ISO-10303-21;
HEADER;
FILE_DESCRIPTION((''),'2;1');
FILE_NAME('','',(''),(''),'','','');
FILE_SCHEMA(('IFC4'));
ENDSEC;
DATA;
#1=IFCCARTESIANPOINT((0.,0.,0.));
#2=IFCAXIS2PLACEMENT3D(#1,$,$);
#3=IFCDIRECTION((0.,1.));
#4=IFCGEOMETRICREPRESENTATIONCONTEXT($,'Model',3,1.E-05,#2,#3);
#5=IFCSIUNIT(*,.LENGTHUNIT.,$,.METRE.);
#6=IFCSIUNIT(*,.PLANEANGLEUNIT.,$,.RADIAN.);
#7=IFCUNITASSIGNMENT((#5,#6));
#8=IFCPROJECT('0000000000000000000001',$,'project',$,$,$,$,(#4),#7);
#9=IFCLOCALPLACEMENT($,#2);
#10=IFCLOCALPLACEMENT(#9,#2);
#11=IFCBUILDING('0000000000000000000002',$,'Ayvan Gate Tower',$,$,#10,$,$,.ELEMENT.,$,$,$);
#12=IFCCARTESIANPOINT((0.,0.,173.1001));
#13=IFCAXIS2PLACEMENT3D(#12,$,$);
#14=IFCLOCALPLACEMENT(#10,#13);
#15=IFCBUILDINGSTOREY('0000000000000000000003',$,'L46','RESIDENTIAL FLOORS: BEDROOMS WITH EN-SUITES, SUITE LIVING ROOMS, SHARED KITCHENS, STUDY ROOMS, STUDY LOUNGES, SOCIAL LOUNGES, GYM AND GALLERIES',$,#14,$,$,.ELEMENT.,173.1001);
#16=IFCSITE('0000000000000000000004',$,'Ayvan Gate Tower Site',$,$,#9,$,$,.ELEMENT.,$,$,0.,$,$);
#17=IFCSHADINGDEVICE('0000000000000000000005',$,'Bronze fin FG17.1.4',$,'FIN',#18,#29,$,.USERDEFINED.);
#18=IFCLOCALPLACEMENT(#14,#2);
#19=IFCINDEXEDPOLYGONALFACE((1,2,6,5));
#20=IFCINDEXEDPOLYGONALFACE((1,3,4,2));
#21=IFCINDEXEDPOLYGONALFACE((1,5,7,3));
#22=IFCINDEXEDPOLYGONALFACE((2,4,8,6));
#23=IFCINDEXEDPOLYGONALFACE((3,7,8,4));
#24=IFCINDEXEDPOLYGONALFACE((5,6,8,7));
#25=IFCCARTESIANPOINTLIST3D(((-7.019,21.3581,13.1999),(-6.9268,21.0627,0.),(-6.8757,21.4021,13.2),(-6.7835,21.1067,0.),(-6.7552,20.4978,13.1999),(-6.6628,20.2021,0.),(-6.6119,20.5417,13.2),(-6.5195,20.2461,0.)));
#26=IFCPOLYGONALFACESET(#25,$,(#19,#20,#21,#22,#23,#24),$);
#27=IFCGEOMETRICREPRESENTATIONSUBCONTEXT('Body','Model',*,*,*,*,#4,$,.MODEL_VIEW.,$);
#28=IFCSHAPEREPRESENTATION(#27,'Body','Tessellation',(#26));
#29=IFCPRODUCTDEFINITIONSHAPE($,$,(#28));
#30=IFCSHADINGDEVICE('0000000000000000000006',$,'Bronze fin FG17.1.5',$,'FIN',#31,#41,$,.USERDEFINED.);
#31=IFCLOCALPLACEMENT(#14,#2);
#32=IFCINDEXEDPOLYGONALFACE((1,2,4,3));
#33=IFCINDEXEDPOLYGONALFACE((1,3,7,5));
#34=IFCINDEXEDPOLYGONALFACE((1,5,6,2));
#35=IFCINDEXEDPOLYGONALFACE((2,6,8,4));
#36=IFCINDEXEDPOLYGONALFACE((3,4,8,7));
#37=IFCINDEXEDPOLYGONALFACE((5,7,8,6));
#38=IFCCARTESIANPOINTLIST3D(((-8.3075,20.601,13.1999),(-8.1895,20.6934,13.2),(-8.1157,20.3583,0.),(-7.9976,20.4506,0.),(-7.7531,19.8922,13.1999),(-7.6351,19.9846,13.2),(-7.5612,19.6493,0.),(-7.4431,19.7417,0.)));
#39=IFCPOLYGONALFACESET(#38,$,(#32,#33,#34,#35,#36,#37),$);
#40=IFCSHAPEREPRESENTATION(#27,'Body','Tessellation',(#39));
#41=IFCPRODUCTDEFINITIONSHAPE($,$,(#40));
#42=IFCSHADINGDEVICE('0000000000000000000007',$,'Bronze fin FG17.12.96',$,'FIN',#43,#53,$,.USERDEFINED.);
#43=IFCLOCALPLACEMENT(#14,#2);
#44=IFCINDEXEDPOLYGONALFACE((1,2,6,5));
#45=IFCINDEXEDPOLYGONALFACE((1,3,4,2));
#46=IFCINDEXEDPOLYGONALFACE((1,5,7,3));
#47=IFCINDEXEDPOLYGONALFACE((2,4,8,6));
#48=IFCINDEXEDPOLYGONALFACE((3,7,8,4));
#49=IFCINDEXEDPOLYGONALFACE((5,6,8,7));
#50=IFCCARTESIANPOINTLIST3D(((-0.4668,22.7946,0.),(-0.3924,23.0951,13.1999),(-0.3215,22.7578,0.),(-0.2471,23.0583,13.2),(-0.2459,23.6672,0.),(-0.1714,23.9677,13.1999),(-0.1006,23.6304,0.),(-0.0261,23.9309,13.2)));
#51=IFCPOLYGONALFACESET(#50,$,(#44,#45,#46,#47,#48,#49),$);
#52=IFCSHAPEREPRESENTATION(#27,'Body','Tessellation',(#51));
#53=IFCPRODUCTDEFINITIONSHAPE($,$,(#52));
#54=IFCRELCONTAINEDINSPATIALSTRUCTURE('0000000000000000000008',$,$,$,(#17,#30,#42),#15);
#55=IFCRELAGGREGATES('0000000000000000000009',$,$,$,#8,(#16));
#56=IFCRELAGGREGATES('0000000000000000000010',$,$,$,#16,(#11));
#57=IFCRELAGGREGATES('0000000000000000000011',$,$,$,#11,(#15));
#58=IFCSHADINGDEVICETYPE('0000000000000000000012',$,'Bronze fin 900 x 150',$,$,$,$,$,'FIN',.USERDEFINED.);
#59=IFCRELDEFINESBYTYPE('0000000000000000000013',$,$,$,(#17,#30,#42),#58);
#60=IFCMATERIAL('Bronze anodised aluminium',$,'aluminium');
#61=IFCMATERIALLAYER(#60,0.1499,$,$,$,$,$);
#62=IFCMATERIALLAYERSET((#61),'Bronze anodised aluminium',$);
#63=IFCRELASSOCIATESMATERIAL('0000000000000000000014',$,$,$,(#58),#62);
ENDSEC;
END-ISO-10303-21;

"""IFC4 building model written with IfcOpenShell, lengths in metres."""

from ifc_helpers import new_model, si_unit, direction, frame, origin, place, context, subcontext, project, spatial, polyline, outline, extrude, material, layer, layer_set, type_object, element, save


model = new_model("IFC4")

# Units and contexts
model_context = context("Model", 3, precision=1e-05, world=origin(), true_north=direction((0.0, 1.0)))
body_context = subcontext(model_context, "Body", "Model", "MODEL_VIEW")
ifc_project = project(units=[si_unit("LENGTHUNIT", "METRE"), si_unit("PLANEANGLEUNIT", "RADIAN")], contexts=[model_context])

# Site, building, storey
site_placement = place(None, origin())
site = spatial("IfcSite", under=ifc_project, at=site_placement, Name="Ayvan Gate Tower Site", CompositionType="ELEMENT", RefElevation=0.0)
building_placement = place(site_placement, origin())
building = spatial("IfcBuilding", under=site, at=building_placement, Name="Ayvan Gate Tower", CompositionType="ELEMENT")
storey_placement = place(building_placement, frame((0.0, 0.0, 173.1001)))
storey = spatial("IfcBuildingStorey", under=building, at=storey_placement, Name="L46", Description="RESIDENTIAL FLOORS: BEDROOMS WITH EN-SUITES, SUITE LIVING ROOMS, SHARED KITCHENS, STUDY ROOMS, STUDY LOUNGES, SOCIAL LOUNGES, GYM AND GALLERIES", CompositionType="ELEMENT", Elevation=173.1001)

# Shared definitions
ifc_material_1 = material(Name="Bronze anodised aluminium", Category="aluminium")

# Shading devices
ifc_layer_1 = layer(ifc_material_1, 0.1499)
ifc_layer_set_1 = layer_set([ifc_layer_1], Name="Bronze anodised aluminium")
shading_device_type = type_object("IfcShadingDeviceType", Name="Bronze fin 900 x 150", ElementType="FIN", PredefinedType="USERDEFINED", material=ifc_layer_set_1)
shading_device_1_placement = place(storey_placement, frame((-6.5195, 20.2461, 0.0), z_axis=(0.956043, 0.293228, 0.000119), x_axis=(-0.293228, 0.956043, 0.0)))
element("IfcShadingDevice", 1, at=shading_device_1_placement, inside=storey, type_object=shading_device_type, Name="Bronze fin FG17.1.4", ObjectType="FIN", PredefinedType="USERDEFINED", context=body_context, shape_type="SweptSolid", body=[
    extrude(outline(polyline([(0.0, 0.0), (0.9002, 0.0), (1.2096, 13.2), (0.3097, 13.2), (0.0, 0.0)])), origin(), (0.0, 0.0, -1.0), 0.1499),
])
shading_device_2_placement = place(storey_placement, frame((-7.4431, 19.7417, 0.0), z_axis=(0.787677, 0.616089, 0.000119), x_axis=(-0.616089, 0.787677, 0.0)))
element("IfcShadingDevice", 2, at=shading_device_2_placement, inside=storey, type_object=shading_device_type, Name="Bronze fin FG17.1.5", ObjectType="FIN", PredefinedType="USERDEFINED", context=body_context, shape_type="SweptSolid", body=[
    extrude(outline(polyline([(0.0, 0.0), (0.9, 0.0), (1.2094, 13.2), (0.3096, 13.2), (0.0, 0.0)])), origin(), (0.0, 0.0, -1.0), 0.1499),
])
shading_device_3_placement = place(storey_placement, frame((-0.3215, 22.7578, 0.0), z_axis=(0.969404, -0.24547, 0.00012), x_axis=(0.24547, 0.969404, 0.0)))
element("IfcShadingDevice", 3, at=shading_device_3_placement, inside=storey, type_object=shading_device_type, Name="Bronze fin FG17.12.96", ObjectType="FIN", PredefinedType="USERDEFINED", context=body_context, shape_type="SweptSolid", body=[
    extrude(outline(polyline([(0.0, 0.0), (0.9001, 0.0), (1.2097, 13.2), (0.3096, 13.2), (0.0, 0.0)])), origin(), (0.0, 0.0, -1.0), 0.1499),
])

save(model, "model.ifc")
